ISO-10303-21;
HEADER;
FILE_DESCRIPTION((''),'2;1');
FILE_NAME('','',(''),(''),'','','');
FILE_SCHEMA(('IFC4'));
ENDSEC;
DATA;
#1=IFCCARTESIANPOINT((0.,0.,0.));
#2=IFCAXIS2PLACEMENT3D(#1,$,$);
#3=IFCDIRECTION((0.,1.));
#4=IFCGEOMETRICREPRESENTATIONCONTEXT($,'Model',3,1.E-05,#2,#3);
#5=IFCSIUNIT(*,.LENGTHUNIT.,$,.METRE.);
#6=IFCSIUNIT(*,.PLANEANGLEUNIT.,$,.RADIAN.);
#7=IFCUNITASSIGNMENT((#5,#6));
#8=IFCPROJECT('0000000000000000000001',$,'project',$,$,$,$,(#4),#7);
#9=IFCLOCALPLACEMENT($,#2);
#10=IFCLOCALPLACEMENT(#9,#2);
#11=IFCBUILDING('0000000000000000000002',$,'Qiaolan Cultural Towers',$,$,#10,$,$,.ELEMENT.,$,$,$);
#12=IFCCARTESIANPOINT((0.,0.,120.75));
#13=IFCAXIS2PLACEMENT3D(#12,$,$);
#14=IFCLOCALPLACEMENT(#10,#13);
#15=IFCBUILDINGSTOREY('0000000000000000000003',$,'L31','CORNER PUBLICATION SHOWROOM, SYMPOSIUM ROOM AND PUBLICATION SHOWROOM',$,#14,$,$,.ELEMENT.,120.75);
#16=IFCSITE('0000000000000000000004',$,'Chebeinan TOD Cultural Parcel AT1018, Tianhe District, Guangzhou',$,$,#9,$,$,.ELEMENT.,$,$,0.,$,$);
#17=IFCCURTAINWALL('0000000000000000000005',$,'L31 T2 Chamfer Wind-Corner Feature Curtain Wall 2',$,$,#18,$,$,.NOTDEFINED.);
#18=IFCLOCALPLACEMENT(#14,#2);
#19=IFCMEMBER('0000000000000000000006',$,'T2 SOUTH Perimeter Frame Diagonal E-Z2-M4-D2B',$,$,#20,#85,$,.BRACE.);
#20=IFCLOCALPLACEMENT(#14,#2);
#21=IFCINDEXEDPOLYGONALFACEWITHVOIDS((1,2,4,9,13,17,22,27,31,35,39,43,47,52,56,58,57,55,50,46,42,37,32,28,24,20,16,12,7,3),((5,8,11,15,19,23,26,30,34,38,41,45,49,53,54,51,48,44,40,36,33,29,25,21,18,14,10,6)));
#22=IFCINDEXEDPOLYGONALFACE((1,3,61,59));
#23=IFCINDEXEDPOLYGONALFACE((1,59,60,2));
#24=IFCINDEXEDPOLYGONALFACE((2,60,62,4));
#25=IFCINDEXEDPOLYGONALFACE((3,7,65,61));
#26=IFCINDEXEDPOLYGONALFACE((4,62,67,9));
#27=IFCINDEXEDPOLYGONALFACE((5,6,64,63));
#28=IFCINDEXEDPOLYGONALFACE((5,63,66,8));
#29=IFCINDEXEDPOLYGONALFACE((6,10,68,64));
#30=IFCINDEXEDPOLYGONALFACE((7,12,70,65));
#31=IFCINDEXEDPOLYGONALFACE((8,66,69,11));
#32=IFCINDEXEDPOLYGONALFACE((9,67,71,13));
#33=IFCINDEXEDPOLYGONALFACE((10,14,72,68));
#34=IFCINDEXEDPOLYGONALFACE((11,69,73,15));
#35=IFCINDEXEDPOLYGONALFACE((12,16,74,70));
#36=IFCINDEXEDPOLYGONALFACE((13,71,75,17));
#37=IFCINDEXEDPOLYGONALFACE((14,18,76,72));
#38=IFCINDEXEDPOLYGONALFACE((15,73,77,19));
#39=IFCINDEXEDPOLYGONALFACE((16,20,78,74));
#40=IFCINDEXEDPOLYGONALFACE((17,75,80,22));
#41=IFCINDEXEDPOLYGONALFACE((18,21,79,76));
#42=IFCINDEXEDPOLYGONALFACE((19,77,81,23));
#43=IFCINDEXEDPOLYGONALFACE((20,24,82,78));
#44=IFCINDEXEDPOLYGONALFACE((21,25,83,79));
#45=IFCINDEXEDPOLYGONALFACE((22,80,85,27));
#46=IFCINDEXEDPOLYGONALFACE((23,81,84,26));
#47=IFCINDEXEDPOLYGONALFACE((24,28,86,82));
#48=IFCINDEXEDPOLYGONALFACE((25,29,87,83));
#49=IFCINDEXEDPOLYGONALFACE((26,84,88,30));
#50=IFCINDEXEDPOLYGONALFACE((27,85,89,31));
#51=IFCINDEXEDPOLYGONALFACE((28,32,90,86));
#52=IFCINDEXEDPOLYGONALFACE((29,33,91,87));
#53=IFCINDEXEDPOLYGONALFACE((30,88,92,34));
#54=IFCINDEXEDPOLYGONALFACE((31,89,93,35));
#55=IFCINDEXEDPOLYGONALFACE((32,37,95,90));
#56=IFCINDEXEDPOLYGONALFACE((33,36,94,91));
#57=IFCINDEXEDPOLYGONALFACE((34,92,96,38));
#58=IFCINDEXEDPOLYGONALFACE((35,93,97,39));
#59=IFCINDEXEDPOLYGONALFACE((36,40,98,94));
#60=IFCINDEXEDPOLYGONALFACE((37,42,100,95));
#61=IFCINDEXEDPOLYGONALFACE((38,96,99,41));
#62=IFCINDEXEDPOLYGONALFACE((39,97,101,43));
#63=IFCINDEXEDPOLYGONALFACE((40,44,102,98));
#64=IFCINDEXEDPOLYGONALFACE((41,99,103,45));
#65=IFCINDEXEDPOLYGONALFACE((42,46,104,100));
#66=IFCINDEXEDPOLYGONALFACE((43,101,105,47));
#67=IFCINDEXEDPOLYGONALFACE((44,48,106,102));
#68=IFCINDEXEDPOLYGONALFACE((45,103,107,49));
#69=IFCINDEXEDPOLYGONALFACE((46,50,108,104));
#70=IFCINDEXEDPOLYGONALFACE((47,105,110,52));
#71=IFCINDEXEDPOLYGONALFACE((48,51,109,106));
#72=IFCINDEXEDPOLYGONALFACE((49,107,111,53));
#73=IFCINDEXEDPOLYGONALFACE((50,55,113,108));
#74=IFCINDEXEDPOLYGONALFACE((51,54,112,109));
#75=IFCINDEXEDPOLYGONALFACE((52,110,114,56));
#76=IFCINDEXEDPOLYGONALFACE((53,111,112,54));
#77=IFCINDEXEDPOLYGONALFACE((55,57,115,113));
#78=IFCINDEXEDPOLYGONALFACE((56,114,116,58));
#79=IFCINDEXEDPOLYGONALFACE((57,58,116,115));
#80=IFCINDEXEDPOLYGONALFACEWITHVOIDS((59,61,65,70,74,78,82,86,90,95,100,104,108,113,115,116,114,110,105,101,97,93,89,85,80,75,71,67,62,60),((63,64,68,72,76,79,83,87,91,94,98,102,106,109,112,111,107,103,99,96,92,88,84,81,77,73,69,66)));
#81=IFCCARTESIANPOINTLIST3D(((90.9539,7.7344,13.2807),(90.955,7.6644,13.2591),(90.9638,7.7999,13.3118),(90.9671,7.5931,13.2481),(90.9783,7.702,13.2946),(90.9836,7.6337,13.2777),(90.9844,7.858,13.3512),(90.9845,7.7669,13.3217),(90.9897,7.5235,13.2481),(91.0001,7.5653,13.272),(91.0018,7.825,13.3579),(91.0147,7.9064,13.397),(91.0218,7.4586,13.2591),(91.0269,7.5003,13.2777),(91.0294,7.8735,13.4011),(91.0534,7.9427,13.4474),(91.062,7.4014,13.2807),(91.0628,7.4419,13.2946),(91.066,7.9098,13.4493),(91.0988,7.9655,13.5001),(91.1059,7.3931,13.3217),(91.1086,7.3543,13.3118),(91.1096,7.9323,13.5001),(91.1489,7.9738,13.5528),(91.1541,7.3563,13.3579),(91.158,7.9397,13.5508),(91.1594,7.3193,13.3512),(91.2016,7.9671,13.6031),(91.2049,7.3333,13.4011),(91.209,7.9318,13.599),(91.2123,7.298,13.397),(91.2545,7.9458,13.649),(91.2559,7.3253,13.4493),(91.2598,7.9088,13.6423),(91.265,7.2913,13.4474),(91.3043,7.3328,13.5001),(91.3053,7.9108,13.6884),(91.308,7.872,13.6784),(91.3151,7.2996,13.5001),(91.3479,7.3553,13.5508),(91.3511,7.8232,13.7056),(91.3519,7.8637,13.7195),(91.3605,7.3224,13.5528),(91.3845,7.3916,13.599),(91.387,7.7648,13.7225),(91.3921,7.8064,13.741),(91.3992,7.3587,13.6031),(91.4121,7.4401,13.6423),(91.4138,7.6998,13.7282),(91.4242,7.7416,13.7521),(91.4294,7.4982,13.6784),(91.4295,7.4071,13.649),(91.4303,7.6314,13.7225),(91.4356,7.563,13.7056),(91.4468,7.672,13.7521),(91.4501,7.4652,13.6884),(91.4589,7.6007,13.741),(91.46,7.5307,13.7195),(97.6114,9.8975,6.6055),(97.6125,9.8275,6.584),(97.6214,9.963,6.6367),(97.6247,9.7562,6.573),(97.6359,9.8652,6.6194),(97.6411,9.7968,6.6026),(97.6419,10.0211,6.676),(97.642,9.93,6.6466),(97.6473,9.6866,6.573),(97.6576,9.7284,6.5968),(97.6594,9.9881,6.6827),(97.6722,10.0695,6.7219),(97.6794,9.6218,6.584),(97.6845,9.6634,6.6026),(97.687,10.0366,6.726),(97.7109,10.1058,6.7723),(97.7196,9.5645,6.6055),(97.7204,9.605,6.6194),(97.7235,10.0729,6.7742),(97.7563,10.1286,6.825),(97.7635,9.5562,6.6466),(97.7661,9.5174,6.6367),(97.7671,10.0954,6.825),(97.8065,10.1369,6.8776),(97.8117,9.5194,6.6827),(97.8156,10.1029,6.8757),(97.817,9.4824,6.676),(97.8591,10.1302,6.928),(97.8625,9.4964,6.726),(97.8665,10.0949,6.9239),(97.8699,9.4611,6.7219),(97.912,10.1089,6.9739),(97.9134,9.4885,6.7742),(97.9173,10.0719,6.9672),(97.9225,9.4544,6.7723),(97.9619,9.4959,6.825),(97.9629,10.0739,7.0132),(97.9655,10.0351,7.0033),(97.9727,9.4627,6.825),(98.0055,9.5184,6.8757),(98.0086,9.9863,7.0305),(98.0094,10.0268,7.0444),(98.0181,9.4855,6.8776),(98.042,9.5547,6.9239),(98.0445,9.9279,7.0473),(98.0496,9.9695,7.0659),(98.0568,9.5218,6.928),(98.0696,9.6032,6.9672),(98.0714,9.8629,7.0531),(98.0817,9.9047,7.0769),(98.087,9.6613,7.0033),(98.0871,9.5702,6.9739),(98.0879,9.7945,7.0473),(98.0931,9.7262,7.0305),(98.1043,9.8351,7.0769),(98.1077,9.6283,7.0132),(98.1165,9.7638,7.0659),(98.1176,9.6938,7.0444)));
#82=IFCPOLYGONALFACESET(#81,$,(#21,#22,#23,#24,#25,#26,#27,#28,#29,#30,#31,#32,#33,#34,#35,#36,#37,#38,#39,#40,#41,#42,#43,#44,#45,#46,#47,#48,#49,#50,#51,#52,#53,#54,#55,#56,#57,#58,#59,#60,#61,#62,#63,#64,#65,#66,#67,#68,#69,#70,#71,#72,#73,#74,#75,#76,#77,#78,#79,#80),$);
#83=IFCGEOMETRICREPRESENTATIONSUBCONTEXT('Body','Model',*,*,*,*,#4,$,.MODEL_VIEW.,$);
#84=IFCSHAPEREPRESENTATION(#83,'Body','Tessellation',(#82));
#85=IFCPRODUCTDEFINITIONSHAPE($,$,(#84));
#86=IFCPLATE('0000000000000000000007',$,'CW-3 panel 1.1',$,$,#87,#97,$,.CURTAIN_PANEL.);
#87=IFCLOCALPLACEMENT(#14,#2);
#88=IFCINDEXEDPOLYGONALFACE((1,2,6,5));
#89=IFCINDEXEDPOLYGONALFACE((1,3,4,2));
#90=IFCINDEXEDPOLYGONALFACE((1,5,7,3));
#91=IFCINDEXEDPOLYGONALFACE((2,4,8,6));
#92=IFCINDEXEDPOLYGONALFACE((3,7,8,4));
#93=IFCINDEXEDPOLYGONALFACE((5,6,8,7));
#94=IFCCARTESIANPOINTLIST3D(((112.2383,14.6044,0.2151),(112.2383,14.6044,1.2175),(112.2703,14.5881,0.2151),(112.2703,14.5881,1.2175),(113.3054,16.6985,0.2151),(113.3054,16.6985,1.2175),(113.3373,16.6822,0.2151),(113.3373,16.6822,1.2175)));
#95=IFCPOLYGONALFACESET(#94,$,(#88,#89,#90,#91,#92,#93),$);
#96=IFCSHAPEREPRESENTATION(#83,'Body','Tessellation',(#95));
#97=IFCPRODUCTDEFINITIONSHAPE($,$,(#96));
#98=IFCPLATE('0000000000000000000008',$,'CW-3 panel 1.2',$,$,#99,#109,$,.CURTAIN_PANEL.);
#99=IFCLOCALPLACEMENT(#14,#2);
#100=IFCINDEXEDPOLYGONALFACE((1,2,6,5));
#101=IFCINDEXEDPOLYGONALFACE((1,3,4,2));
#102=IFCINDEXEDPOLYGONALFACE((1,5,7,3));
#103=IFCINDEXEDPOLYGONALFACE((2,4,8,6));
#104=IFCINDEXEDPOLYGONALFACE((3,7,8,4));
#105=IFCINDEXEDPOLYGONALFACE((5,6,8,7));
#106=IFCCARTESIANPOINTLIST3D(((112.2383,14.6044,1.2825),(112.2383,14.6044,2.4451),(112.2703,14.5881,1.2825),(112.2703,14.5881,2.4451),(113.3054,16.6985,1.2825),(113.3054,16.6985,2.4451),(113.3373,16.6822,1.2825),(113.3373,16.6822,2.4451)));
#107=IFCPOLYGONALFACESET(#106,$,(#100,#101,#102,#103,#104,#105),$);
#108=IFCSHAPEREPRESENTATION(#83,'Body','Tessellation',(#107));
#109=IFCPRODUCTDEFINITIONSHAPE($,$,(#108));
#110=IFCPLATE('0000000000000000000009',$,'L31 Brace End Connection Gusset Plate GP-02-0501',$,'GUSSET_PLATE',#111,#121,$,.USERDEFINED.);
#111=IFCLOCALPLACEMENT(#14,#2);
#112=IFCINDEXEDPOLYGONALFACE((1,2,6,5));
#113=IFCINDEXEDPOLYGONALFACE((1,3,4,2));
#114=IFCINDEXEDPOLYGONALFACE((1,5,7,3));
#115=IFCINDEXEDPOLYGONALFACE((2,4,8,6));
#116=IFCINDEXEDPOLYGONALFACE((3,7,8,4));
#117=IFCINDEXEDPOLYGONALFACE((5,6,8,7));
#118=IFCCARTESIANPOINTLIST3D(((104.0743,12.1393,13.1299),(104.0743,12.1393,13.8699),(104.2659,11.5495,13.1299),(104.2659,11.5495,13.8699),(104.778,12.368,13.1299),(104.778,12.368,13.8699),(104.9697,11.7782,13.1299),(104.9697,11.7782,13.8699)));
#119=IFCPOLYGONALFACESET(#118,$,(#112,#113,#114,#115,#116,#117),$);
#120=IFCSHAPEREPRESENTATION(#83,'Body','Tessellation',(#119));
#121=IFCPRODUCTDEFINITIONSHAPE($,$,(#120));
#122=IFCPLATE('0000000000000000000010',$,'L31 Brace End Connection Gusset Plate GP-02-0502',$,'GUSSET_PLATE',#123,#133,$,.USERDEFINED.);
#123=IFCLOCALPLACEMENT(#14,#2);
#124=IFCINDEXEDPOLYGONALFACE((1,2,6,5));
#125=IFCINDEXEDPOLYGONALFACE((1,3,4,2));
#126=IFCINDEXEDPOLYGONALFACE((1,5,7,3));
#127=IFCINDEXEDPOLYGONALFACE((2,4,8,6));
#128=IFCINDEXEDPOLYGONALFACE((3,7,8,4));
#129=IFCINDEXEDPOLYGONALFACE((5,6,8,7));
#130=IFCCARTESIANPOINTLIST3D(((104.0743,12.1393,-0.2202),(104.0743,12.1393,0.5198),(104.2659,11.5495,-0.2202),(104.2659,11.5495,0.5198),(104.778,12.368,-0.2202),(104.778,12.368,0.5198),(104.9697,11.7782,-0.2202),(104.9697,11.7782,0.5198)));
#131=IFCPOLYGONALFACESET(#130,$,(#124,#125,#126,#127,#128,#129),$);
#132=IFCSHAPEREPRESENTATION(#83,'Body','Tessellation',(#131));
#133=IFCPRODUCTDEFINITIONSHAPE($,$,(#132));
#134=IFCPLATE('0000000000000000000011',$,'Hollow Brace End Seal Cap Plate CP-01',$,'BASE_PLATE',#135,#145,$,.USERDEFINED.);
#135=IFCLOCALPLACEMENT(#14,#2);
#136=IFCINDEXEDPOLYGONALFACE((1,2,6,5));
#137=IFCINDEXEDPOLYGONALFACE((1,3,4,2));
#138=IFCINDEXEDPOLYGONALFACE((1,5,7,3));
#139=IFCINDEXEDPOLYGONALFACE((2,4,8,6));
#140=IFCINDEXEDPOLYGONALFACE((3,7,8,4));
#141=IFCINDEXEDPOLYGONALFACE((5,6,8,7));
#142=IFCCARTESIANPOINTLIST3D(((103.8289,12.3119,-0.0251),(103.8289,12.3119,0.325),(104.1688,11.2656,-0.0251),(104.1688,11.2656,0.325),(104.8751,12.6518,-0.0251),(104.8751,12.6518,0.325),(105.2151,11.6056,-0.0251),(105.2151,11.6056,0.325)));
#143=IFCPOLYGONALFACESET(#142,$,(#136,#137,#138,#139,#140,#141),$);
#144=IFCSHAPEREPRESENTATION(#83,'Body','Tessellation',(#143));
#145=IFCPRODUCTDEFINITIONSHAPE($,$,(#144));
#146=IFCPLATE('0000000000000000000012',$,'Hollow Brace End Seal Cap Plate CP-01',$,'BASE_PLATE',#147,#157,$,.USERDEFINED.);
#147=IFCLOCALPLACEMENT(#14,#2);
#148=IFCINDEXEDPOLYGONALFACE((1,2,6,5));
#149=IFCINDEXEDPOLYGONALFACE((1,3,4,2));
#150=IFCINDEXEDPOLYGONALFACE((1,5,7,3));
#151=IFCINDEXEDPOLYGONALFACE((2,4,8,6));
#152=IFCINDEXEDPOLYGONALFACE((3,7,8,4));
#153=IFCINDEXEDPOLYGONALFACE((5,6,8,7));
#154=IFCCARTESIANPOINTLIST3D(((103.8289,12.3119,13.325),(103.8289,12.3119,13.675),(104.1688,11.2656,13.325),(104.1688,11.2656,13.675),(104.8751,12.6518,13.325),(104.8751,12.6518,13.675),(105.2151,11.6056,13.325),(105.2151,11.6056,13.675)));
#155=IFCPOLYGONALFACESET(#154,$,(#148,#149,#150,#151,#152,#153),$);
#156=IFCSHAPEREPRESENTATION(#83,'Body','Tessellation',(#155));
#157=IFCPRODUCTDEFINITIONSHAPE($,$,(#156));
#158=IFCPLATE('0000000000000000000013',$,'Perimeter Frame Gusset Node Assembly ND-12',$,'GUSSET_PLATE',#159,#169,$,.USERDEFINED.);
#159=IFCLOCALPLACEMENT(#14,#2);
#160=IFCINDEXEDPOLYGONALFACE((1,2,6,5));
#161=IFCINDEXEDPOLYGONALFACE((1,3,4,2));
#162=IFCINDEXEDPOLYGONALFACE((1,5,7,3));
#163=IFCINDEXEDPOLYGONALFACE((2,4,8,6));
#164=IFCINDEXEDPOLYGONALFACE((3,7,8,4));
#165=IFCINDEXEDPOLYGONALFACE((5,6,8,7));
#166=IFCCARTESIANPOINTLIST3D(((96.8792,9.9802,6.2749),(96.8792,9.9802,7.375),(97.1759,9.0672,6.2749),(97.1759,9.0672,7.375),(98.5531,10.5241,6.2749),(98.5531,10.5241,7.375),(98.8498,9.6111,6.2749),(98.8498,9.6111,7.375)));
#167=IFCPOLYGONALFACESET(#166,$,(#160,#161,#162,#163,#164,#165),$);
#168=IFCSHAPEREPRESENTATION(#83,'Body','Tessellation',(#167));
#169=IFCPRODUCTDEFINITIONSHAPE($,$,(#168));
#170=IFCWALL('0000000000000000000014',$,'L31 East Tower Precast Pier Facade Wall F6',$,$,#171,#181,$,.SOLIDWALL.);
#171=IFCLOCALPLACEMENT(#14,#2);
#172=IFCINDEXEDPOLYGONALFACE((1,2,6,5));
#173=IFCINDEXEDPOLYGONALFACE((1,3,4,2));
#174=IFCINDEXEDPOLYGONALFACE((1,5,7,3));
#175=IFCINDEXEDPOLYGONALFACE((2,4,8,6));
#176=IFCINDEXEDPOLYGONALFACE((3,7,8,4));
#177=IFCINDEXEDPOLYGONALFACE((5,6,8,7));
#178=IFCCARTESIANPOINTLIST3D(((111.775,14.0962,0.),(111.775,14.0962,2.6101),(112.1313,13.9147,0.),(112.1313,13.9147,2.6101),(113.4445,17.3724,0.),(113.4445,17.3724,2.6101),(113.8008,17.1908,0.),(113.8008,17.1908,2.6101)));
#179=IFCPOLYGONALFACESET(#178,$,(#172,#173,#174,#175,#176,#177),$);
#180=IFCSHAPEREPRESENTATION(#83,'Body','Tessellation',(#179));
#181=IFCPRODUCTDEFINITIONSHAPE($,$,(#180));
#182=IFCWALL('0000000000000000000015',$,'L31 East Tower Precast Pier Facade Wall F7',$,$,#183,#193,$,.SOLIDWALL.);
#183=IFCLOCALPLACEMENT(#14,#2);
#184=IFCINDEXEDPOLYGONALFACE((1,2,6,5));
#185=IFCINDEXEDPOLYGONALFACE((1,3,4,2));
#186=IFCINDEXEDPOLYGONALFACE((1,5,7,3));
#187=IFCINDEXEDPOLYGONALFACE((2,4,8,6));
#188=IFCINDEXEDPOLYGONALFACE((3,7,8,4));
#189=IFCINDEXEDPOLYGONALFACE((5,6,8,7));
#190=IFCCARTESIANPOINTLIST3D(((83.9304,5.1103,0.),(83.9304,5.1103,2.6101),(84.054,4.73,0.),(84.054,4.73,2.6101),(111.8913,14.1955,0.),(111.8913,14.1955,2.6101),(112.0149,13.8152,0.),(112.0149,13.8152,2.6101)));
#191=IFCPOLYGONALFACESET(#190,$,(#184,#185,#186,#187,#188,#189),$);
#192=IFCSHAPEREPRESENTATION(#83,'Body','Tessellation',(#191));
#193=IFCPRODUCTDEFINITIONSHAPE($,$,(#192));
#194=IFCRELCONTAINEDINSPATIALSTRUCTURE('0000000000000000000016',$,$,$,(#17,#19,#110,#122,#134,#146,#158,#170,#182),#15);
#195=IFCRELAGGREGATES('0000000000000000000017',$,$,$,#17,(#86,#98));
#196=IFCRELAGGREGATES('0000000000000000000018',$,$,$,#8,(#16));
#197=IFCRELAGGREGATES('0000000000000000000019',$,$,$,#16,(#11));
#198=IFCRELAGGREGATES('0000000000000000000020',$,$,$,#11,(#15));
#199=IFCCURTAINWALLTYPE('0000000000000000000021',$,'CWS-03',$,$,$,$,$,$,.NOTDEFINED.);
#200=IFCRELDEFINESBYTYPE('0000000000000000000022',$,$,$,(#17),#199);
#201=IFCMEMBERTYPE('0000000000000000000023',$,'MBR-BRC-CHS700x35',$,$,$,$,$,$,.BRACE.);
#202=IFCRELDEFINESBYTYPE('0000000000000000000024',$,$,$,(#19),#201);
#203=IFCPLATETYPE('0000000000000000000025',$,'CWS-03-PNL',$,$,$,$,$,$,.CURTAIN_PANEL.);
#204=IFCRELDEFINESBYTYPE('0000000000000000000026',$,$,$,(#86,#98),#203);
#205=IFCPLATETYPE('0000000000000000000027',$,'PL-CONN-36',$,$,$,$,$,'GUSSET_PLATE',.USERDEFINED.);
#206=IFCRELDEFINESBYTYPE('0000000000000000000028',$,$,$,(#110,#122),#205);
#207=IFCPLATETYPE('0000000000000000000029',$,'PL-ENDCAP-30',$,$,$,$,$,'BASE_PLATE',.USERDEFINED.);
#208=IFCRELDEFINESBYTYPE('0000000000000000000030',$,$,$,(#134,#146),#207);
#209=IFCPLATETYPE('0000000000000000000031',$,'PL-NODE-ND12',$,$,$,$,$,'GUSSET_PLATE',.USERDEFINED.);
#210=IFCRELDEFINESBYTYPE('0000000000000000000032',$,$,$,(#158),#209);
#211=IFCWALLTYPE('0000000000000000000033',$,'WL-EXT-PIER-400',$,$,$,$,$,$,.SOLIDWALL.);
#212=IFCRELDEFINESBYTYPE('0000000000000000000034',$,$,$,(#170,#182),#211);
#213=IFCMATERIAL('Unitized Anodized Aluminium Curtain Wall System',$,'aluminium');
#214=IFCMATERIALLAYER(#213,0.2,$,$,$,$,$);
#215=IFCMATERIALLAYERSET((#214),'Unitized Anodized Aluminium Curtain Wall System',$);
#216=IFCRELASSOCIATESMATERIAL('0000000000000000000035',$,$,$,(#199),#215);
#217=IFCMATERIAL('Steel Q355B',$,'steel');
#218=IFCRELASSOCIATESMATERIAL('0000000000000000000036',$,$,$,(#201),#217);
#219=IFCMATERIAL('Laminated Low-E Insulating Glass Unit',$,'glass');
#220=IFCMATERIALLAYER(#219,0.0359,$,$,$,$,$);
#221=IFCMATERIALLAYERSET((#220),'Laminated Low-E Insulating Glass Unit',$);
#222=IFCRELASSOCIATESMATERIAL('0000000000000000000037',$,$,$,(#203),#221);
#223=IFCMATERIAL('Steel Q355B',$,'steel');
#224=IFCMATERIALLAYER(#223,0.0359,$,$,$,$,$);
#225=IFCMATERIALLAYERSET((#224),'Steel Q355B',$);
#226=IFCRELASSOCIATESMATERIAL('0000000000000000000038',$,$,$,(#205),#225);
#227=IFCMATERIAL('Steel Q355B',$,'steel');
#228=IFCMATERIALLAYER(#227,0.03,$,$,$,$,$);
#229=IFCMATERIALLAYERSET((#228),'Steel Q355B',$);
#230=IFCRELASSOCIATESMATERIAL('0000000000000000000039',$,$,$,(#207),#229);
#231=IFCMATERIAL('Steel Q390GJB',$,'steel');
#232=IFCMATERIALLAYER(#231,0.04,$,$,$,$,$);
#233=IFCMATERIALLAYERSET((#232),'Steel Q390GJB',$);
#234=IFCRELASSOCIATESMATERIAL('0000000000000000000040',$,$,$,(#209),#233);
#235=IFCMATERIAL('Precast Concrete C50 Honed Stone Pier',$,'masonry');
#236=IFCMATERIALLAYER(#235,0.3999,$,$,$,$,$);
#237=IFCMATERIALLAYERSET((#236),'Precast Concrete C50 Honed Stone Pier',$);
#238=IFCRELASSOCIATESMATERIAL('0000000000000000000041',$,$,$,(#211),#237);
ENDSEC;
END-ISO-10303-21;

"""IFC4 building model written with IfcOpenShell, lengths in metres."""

from ifc_helpers import new_model, si_unit, direction, frame, frame_2d, origin, origin_2d, place, context, subcontext, project, spatial, rectangle, hollow_circle, extrude, material, layer, layer_set, material_profile, profile_set, type_object, element, aggregate, save


model = new_model("IFC4")

# Units and contexts
model_context = context("Model", 3, precision=1e-05, world=origin(), true_north=direction((0.0, 1.0)))
body_context = subcontext(model_context, "Body", "Model", "MODEL_VIEW")
ifc_project = project(units=[si_unit("LENGTHUNIT", "METRE"), si_unit("PLANEANGLEUNIT", "RADIAN")], contexts=[model_context])

# Site, building, storey
site_placement = place(None, origin())
site = spatial("IfcSite", under=ifc_project, at=site_placement, Name="Chebeinan TOD Cultural Parcel AT1018, Tianhe District, Guangzhou", CompositionType="ELEMENT", RefElevation=0.0)
building_placement = place(site_placement, origin())
building = spatial("IfcBuilding", under=site, at=building_placement, Name="Qiaolan Cultural Towers", CompositionType="ELEMENT")
storey_placement = place(building_placement, frame((0.0, 0.0, 120.75)))
storey = spatial("IfcBuildingStorey", under=building, at=storey_placement, Name="L31", Description="CORNER PUBLICATION SHOWROOM, SYMPOSIUM ROOM AND PUBLICATION SHOWROOM", CompositionType="ELEMENT", Elevation=120.75)

# Curtain wall
ifc_material_1 = material(Name="Unitized Anodized Aluminium Curtain Wall System", Category="aluminium")
ifc_layer_1 = layer(ifc_material_1, 0.2)
ifc_layer_set_1 = layer_set([ifc_layer_1], Name="Unitized Anodized Aluminium Curtain Wall System")
curtain_wall_type = type_object("IfcCurtainWallType", Name="CWS-03", PredefinedType="NOTDEFINED", material=ifc_layer_set_1)
curtain_wall_placement = place(storey_placement, origin())
curtain_wall = element("IfcCurtainWall", 1, at=curtain_wall_placement, inside=storey, type_object=curtain_wall_type, Name="L31 T2 Chamfer Wind-Corner Feature Curtain Wall 2", PredefinedType="NOTDEFINED")

# Member
ifc_material_2 = material(Name="Steel Q355B", Category="steel")
ifc_material_profile_1 = material_profile(ifc_material_2, hollow_circle(Radius=0.3501, WallThickness=0.0349, at=origin_2d()), Name="CHS700x35")
ifc_profile_set_1 = profile_set([ifc_material_profile_1], Name="Steel Q355B")
member_type_1 = type_object("IfcMemberType", Name="MBR-BRC-CHS700x35", PredefinedType="BRACE", material=ifc_profile_set_1)
for number, where, z_axis, x_axis, name in (
    (2, (97.8645, 9.7957, 6.825), (-0.688289, -0.223633, 0.690106), (0.30901, -0.951059, 0.0), "T2 SOUTH Perimeter Frame Diagonal E-Z2-M4-D2B"),
):
    element("IfcMember", number, at=place(storey_placement, frame(where, z_axis=z_axis, x_axis=x_axis)), inside=storey, type_object=member_type_1, Name=name, PredefinedType="BRACE", context=body_context, shape_type="SweptSolid", body=[
        extrude(hollow_circle(Radius=0.3501, WallThickness=0.0349, at=origin_2d()), origin(), (0.0, 0.0, 1.0), 9.6726),
    ])

# Plates
ifc_material_3 = material(Name="Laminated Low-E Insulating Glass Unit", Category="glass")
ifc_layer_2 = layer(ifc_material_3, 0.0359)
ifc_layer_set_2 = layer_set([ifc_layer_2], Name="Laminated Low-E Insulating Glass Unit")
plate_type_1 = type_object("IfcPlateType", Name="CWS-03-PNL", PredefinedType="CURTAIN_PANEL", material=ifc_layer_set_2)
plate_1_placement = place(storey_placement, frame((112.7878, 15.6433, 0.2151), z_axis=(0.0, 0.0, 1.0), x_axis=(-0.453991, -0.891006, 0.0)))
plate_1 = element("IfcPlate", 3, at=plate_1_placement, type_object=plate_type_1, Name="CW-3 panel 1.1", PredefinedType="CURTAIN_PANEL", context=body_context, shape_type="SweptSolid", body=[
    extrude(rectangle(XDim=2.3503, YDim=0.0359, at=origin_2d()), origin(), (0.0, 0.0, 1.0), 1.0024),
])
plate_2_placement = place(storey_placement, frame((112.7878, 15.6433, 1.2825), z_axis=(0.0, 0.0, 1.0), x_axis=(-0.453991, -0.891006, 0.0)))
plate_2 = element("IfcPlate", 4, at=plate_2_placement, type_object=plate_type_1, Name="CW-3 panel 1.2", PredefinedType="CURTAIN_PANEL", context=body_context, shape_type="SweptSolid", body=[
    extrude(rectangle(XDim=2.3503, YDim=0.0359, at=origin_2d()), origin(), (0.0, 0.0, 1.0), 1.1626),
])
aggregate(curtain_wall, [plate_1, plate_2])

# Plates
ifc_material_4 = material(Name="Steel Q355B", Category="steel")
ifc_layer_3 = layer(ifc_material_4, 0.0359)
ifc_layer_set_3 = layer_set([ifc_layer_3], Name="Steel Q355B")
plate_type_2 = type_object("IfcPlateType", Name="PL-CONN-36", ElementType="GUSSET_PLATE", PredefinedType="USERDEFINED", material=ifc_layer_set_3)
for number, where, z_axis, x_axis, name in (
    (5, (104.522, 11.9587, 13.1299), (0.0, 0.0, 1.0), (0.951057, 0.309017, 0.0), "L31 Brace End Connection Gusset Plate GP-02-0501"),
    (6, (104.522, 11.9587, -0.2202), (0.0, 0.0, 1.0), (0.951057, 0.309017, 0.0), "L31 Brace End Connection Gusset Plate GP-02-0502"),
):
    element("IfcPlate", number, at=place(storey_placement, frame(where, z_axis=z_axis, x_axis=x_axis)), inside=storey, type_object=plate_type_2, Name=name, ObjectType="GUSSET_PLATE", PredefinedType="USERDEFINED", context=body_context, shape_type="SweptSolid", body=[
        extrude(rectangle(XDim=0.74, YDim=0.6201, at=origin_2d()), origin(), (0.0, 0.0, 1.0), 0.74),
    ])
ifc_material_5 = material(Name="Steel Q355B", Category="steel")
ifc_layer_4 = layer(ifc_material_5, 0.03)
ifc_layer_set_4 = layer_set([ifc_layer_4], Name="Steel Q355B")
plate_type_3 = type_object("IfcPlateType", Name="PL-ENDCAP-30", ElementType="BASE_PLATE", PredefinedType="USERDEFINED", material=ifc_layer_set_4)
for number, where, z_axis, x_axis, name in (
    (7, (104.522, 11.9587, -0.0251), (0.0, 0.0, 1.0), (0.951057, 0.309017, 0.0), "Hollow Brace End Seal Cap Plate CP-01"),
    (8, (104.522, 11.9587, 13.325), (0.0, 0.0, 1.0), (0.951057, 0.309017, 0.0), "Hollow Brace End Seal Cap Plate CP-01"),
):
    element("IfcPlate", number, at=place(storey_placement, frame(where, z_axis=z_axis, x_axis=x_axis)), inside=storey, type_object=plate_type_3, Name=name, ObjectType="BASE_PLATE", PredefinedType="USERDEFINED", context=body_context, shape_type="SweptSolid", body=[
        extrude(rectangle(XDim=1.1001, YDim=1.1001, at=origin_2d()), origin(), (0.0, 0.0, 1.0), 0.3501),
    ])
ifc_material_6 = material(Name="Steel Q390GJB", Category="steel")
ifc_layer_5 = layer(ifc_material_6, 0.04)
ifc_layer_set_5 = layer_set([ifc_layer_5], Name="Steel Q390GJB")
plate_type_4 = type_object("IfcPlateType", Name="PL-NODE-ND12", ElementType="GUSSET_PLATE", PredefinedType="USERDEFINED", material=ifc_layer_set_5)
plate_3_placement = place(storey_placement, frame((97.8645, 9.7957, 6.2749), z_axis=(0.0, 0.0, 1.0), x_axis=(0.951057, 0.309017, 0.0)))
element("IfcPlate", 9, at=plate_3_placement, inside=storey, type_object=plate_type_4, Name="Perimeter Frame Gusset Node Assembly ND-12", ObjectType="GUSSET_PLATE", PredefinedType="USERDEFINED", context=body_context, shape_type="SweptSolid", body=[
    extrude(rectangle(XDim=1.76, YDim=0.96, at=origin_2d()), origin(), (0.0, 0.0, 1.0), 1.1001),
])

# Walls
ifc_material_7 = material(Name="Precast Concrete C50 Honed Stone Pier", Category="masonry")
ifc_layer_6 = layer(ifc_material_7, 0.3999)
ifc_layer_set_6 = layer_set([ifc_layer_6], Name="Precast Concrete C50 Honed Stone Pier")
wall_type_1 = type_object("IfcWallType", Name="WL-EXT-PIER-400", PredefinedType="SOLIDWALL", material=ifc_layer_set_6)
wall_1_placement = place(storey_placement, frame((113.6226, 17.2815, 0.0), z_axis=(0.0, 0.0, 1.0), x_axis=(-0.454026, -0.890988, 0.0)))
element("IfcWall", 10, at=wall_1_placement, inside=storey, type_object=wall_type_1, Name="L31 East Tower Precast Pier Facade Wall F6", PredefinedType="SOLIDWALL", context=body_context, shape_type="SweptSolid", body=[
    extrude(rectangle(XDim=3.677, YDim=0.3999, at=frame_2d((1.8384, 0.0))), origin(), (0.0, 0.0, 1.0), 2.6101),
])
wall_2_placement = place(storey_placement, frame((111.9531, 14.0054, 0.0), z_axis=(0.0, 0.0, 1.0), x_axis=(-0.951055, -0.309021, 0.0)))
element("IfcWall", 11, at=wall_2_placement, inside=storey, type_object=wall_type_1, Name="L31 East Tower Precast Pier Facade Wall F7", PredefinedType="SOLIDWALL", context=body_context, shape_type="SweptSolid", body=[
    extrude(rectangle(XDim=29.3999, YDim=0.3999, at=frame_2d((14.7, 0.0))), origin(), (0.0, 0.0, 1.0), 2.6101),
])

save(model, "model.ifc")
